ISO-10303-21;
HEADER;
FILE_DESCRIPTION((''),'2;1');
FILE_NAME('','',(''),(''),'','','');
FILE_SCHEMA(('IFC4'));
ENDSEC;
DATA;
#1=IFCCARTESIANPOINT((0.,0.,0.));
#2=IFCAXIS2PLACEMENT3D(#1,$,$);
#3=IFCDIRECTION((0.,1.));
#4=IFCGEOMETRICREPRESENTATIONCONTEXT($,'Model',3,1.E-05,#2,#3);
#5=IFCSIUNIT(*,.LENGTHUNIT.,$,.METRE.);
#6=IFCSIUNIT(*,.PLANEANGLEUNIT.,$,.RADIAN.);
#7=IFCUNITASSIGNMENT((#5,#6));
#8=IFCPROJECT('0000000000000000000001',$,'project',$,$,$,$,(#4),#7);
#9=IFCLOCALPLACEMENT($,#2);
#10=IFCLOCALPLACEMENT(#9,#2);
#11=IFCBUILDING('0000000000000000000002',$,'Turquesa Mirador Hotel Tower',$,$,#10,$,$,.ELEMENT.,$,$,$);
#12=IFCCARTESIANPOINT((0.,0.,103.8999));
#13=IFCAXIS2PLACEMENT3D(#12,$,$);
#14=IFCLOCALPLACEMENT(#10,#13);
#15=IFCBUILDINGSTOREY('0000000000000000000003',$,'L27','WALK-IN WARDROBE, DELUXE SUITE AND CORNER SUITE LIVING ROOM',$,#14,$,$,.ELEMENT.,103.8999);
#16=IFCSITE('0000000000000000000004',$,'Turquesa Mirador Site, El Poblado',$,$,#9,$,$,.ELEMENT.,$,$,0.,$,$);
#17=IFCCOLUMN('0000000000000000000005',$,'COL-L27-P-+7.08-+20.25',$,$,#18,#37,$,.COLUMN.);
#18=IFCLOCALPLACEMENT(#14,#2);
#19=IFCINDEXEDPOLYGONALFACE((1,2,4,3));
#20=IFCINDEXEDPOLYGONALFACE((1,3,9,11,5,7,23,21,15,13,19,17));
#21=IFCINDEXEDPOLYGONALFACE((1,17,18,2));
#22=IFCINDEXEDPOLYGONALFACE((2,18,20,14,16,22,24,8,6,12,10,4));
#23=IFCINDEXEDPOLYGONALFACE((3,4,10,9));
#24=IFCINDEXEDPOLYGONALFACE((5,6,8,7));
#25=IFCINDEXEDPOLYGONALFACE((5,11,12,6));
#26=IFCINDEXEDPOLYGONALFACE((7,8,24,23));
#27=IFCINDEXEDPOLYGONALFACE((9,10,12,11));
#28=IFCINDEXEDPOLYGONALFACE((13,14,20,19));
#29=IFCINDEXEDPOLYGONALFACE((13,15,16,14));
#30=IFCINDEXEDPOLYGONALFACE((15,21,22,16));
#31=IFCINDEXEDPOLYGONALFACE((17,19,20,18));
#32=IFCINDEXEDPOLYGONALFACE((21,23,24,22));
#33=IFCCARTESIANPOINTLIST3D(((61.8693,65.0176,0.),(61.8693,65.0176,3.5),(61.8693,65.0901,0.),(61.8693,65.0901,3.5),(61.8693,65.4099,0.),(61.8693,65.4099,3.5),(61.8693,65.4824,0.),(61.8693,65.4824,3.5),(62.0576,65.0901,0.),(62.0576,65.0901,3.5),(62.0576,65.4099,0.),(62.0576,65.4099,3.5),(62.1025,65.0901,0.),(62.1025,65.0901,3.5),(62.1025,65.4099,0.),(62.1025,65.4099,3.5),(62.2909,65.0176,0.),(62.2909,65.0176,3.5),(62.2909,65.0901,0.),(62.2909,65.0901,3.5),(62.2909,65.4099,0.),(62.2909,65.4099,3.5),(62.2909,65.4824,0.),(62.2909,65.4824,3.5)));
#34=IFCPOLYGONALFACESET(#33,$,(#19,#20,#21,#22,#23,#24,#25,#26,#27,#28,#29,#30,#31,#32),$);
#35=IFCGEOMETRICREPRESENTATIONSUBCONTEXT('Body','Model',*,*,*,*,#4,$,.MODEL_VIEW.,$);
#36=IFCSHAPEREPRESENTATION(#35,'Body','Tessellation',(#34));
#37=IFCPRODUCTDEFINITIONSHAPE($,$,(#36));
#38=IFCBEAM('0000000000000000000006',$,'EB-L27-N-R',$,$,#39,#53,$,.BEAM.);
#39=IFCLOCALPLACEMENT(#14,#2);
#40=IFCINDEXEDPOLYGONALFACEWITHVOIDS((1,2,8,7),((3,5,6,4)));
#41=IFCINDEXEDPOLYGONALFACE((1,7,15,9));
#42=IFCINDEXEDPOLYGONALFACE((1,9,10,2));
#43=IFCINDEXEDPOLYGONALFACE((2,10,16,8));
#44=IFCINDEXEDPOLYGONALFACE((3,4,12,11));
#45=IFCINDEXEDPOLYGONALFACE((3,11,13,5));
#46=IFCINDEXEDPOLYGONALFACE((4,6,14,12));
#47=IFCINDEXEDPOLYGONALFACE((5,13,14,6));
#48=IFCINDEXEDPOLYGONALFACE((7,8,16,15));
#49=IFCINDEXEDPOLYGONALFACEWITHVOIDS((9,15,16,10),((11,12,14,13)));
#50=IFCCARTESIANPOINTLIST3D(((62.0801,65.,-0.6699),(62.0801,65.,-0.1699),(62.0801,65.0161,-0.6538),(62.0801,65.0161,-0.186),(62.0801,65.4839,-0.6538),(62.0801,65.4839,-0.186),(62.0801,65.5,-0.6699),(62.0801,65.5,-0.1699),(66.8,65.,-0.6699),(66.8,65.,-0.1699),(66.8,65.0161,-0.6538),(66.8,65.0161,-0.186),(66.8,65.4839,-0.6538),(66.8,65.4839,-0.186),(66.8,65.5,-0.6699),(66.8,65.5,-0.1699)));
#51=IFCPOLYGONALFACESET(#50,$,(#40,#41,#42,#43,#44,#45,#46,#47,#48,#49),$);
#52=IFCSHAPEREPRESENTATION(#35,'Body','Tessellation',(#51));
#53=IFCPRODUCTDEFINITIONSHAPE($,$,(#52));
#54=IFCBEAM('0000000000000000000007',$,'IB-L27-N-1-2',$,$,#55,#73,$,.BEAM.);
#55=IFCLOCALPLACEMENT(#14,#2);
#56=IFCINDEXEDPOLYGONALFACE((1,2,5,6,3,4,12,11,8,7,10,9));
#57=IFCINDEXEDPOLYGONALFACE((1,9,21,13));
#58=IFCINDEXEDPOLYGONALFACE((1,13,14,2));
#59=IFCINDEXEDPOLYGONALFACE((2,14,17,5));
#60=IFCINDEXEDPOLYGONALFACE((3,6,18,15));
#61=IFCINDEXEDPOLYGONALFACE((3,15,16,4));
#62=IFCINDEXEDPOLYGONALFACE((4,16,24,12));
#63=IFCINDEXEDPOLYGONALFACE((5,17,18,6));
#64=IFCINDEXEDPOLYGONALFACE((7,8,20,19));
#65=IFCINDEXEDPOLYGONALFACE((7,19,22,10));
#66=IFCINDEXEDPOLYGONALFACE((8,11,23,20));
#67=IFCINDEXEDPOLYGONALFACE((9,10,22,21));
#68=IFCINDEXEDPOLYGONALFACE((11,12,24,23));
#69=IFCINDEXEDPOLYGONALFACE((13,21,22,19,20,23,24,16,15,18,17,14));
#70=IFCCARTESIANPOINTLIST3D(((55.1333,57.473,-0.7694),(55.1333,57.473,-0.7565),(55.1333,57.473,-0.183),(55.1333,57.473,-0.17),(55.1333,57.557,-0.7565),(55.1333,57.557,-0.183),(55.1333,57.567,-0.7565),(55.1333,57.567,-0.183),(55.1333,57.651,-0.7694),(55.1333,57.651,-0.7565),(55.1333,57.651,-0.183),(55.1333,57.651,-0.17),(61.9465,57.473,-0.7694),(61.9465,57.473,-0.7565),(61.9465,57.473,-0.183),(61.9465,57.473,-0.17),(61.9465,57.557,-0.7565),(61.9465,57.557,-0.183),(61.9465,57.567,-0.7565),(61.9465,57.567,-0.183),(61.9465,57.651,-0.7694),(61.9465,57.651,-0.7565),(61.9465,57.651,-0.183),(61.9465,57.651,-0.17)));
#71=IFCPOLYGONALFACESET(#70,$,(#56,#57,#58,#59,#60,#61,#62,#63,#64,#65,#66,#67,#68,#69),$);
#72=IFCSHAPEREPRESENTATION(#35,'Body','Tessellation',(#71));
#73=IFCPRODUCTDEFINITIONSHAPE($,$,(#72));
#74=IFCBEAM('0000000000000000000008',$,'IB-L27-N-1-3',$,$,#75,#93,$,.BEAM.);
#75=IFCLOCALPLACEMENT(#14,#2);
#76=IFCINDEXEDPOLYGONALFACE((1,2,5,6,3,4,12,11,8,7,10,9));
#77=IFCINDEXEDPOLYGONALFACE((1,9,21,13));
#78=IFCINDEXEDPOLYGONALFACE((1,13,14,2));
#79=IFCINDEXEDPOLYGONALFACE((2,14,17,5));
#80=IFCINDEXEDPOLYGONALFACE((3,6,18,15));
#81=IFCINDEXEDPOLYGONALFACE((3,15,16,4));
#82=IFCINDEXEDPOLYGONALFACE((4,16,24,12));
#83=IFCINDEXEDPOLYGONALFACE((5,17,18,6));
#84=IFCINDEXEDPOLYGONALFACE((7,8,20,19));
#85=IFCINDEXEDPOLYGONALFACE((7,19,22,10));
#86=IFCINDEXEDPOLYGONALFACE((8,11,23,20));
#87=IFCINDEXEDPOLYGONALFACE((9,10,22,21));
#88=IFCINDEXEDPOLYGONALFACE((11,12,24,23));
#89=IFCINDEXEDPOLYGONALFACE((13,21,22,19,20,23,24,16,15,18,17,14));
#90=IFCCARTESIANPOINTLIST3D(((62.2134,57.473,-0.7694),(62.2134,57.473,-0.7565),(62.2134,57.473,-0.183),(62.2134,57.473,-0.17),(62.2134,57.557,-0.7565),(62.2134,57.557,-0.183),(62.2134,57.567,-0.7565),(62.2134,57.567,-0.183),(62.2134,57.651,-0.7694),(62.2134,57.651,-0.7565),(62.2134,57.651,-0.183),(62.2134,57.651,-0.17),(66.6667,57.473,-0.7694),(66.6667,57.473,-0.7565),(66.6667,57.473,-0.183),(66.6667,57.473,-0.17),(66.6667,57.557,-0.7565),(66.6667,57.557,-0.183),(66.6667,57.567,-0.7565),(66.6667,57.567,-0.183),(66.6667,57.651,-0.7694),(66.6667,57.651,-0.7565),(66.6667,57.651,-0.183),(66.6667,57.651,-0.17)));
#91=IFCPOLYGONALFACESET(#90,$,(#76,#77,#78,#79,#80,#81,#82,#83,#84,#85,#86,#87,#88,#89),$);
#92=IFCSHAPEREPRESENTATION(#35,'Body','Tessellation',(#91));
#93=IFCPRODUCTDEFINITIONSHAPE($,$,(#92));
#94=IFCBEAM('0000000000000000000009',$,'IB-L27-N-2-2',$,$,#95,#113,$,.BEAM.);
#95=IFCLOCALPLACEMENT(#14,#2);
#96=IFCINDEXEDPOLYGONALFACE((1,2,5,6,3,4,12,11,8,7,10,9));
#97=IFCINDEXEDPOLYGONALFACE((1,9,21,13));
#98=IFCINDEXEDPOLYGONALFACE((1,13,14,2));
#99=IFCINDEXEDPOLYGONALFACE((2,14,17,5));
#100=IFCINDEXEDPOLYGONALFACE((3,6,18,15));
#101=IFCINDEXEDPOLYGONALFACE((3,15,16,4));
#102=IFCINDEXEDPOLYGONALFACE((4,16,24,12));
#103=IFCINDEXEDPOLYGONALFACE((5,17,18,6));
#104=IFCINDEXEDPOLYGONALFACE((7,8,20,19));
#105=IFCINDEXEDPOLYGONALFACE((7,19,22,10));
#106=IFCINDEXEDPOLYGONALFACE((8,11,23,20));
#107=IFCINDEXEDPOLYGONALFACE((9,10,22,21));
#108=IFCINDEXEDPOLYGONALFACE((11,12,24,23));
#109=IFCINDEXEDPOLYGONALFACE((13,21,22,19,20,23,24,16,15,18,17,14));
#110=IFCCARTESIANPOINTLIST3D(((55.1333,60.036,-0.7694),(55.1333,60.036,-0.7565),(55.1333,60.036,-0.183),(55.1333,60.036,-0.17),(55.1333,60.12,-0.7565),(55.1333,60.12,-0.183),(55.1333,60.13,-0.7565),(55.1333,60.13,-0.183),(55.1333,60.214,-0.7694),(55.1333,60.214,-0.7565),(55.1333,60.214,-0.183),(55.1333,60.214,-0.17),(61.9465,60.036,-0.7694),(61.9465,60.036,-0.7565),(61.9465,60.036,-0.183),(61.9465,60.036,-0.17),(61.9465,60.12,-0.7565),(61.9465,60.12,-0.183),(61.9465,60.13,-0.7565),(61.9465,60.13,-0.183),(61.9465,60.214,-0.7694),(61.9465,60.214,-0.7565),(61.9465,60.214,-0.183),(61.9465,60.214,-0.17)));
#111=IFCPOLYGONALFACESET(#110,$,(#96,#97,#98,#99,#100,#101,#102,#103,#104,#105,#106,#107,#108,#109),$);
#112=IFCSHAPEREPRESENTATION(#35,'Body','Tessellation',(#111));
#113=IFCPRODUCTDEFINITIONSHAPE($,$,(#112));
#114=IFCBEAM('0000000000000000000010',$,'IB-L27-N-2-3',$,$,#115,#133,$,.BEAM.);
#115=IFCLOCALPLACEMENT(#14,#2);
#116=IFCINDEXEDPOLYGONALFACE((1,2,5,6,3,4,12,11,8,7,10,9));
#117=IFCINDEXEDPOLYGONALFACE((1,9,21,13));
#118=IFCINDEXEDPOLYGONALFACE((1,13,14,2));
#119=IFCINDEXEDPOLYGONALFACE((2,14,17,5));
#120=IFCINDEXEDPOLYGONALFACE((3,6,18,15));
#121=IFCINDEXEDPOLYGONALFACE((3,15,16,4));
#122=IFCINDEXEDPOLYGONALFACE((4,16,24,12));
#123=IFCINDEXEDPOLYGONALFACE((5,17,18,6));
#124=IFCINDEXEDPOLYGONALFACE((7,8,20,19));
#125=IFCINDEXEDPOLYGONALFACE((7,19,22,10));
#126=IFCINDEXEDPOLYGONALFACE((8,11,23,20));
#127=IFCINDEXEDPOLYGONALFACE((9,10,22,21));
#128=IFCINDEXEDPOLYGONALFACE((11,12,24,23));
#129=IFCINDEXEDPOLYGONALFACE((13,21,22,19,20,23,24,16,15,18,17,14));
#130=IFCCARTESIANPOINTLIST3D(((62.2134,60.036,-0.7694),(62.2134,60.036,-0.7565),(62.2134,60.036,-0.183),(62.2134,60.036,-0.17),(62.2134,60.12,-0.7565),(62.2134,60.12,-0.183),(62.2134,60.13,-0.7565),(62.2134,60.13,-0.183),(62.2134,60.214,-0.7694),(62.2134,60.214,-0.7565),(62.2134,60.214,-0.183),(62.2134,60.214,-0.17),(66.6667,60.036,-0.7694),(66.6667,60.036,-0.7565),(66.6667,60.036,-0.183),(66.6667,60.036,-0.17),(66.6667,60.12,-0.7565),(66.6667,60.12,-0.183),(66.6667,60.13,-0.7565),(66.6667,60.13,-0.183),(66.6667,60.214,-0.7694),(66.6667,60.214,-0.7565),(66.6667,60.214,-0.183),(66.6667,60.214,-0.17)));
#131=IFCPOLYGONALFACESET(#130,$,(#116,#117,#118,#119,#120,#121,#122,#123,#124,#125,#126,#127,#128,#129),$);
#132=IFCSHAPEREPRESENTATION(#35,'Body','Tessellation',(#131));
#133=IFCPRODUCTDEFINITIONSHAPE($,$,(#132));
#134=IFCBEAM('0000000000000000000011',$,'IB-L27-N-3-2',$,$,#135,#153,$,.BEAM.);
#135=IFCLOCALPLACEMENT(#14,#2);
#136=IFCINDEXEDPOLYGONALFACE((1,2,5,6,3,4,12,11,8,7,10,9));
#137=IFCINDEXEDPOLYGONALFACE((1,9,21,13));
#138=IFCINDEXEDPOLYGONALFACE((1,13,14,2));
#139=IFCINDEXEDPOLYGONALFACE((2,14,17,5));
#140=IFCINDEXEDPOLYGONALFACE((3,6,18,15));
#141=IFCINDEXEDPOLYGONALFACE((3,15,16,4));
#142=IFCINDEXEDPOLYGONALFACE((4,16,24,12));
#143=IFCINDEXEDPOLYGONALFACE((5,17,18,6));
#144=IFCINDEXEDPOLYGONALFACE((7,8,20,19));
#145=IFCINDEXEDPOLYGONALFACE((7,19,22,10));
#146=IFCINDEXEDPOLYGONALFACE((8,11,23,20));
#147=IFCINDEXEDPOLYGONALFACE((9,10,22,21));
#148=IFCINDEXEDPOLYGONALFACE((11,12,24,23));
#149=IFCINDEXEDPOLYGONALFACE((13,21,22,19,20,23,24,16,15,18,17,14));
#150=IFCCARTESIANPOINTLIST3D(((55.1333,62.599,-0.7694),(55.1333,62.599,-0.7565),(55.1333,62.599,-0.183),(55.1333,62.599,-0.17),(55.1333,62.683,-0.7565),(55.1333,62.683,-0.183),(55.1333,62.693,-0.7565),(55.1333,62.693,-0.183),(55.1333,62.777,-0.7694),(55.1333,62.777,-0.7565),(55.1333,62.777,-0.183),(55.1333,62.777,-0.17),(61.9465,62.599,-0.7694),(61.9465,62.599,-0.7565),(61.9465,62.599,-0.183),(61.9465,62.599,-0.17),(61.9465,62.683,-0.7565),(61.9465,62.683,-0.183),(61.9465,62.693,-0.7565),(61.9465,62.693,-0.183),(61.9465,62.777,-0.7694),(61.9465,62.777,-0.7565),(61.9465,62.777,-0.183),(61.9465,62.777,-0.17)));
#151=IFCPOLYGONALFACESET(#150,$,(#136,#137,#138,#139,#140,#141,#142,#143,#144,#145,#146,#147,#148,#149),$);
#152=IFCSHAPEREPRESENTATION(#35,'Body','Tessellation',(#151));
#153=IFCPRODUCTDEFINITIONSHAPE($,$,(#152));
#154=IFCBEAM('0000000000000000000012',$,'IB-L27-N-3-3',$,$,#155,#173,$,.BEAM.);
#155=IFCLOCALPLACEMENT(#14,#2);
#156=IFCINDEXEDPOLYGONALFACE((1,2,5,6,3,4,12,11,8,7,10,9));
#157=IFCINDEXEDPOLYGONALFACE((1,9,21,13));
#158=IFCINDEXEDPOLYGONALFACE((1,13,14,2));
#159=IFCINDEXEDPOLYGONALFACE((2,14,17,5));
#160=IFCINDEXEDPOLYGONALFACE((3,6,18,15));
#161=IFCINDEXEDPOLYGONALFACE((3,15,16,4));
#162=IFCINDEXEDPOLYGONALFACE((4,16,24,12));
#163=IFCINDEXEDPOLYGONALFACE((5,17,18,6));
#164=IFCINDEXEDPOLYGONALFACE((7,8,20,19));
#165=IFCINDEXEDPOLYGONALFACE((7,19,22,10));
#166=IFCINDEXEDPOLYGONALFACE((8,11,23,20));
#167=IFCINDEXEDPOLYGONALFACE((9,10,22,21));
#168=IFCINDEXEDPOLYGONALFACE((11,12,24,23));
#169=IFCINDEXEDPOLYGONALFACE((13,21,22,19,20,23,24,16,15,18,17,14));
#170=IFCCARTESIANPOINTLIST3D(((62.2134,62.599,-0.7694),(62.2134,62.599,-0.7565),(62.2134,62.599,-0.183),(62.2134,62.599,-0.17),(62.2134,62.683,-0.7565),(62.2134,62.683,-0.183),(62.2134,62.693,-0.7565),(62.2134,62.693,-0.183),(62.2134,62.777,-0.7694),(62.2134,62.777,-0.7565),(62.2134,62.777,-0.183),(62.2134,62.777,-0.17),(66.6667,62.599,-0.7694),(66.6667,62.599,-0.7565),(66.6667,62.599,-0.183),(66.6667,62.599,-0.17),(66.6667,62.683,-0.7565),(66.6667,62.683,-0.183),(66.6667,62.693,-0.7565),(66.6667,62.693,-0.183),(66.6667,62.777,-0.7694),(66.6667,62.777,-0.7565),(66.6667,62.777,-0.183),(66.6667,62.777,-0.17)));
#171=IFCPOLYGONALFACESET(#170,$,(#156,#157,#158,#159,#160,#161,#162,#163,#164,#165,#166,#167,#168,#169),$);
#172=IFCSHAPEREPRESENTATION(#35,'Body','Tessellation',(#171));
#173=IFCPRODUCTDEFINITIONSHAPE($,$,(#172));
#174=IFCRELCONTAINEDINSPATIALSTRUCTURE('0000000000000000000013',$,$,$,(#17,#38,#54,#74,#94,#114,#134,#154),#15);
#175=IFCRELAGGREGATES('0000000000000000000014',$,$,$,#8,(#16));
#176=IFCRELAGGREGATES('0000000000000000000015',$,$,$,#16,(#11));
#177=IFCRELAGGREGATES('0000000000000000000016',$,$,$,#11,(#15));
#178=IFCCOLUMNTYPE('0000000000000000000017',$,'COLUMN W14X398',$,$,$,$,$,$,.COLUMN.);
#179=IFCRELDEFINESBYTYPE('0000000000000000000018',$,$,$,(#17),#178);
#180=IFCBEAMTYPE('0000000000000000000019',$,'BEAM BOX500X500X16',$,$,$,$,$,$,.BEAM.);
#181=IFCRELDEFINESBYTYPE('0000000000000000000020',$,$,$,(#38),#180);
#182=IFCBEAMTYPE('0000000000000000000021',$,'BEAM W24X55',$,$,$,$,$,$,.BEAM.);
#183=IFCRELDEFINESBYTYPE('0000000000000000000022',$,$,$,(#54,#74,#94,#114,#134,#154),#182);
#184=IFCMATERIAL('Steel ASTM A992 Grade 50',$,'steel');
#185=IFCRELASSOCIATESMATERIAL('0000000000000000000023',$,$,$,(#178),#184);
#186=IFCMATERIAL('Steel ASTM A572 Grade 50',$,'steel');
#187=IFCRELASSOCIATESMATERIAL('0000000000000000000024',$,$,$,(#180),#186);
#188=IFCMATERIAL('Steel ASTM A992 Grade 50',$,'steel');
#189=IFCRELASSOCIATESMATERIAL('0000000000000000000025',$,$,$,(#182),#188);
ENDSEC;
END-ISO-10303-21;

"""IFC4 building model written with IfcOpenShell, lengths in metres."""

from ifc_helpers import new_model, si_unit, direction, frame, origin, origin_2d, place, context, subcontext, project, spatial, hollow_rectangle, i_section, extrude, material, material_profile, profile_set, type_object, element, save


model = new_model("IFC4")

# Units and contexts
model_context = context("Model", 3, precision=1e-05, world=origin(), true_north=direction((0.0, 1.0)))
body_context = subcontext(model_context, "Body", "Model", "MODEL_VIEW")
ifc_project = project(units=[si_unit("LENGTHUNIT", "METRE"), si_unit("PLANEANGLEUNIT", "RADIAN")], contexts=[model_context])

# Site, building, storey
site_placement = place(None, origin())
site = spatial("IfcSite", under=ifc_project, at=site_placement, Name="Turquesa Mirador Site, El Poblado", CompositionType="ELEMENT", RefElevation=0.0)
building_placement = place(site_placement, origin())
building = spatial("IfcBuilding", under=site, at=building_placement, Name="Turquesa Mirador Hotel Tower", CompositionType="ELEMENT")
storey_placement = place(building_placement, frame((0.0, 0.0, 103.8999)))
storey = spatial("IfcBuildingStorey", under=building, at=storey_placement, Name="L27", Description="WALK-IN WARDROBE, DELUXE SUITE AND CORNER SUITE LIVING ROOM", CompositionType="ELEMENT", Elevation=103.8999)

# Column
ifc_material_1 = material(Name="Steel ASTM A992 Grade 50", Category="steel")
ifc_material_profile_1 = material_profile(ifc_material_1, i_section(OverallWidth=0.4216, OverallDepth=0.4648, WebThickness=0.0449, FlangeThickness=0.0725, at=origin_2d()), Name="W14X398")
ifc_profile_set_1 = profile_set([ifc_material_profile_1], Name="Steel ASTM A992 Grade 50")
column_type = type_object("IfcColumnType", Name="COLUMN W14X398", PredefinedType="COLUMN", material=ifc_profile_set_1)
column_placement = place(storey_placement, frame((62.0801, 65.25, 0.0), z_axis=(0.0, 0.0, 1.0), x_axis=(1.0, 0.0, 0.0)))
element("IfcColumn", 1, at=column_placement, inside=storey, type_object=column_type, Name="COL-L27-P-+7.08-+20.25", PredefinedType="COLUMN", context=body_context, shape_type="SweptSolid", body=[
    extrude(i_section(OverallWidth=0.4216, OverallDepth=0.4648, WebThickness=0.0449, FlangeThickness=0.0725, at=origin_2d()), origin(), (0.0, 0.0, 1.0), 3.5),
])

# Beams
ifc_material_2 = material(Name="Steel ASTM A572 Grade 50", Category="steel")
ifc_material_profile_2 = material_profile(ifc_material_2, hollow_rectangle(XDim=0.5, YDim=0.5, WallThickness=0.0161, at=origin_2d()), Name="BOX500X500X16")
ifc_profile_set_2 = profile_set([ifc_material_profile_2], Name="Steel ASTM A572 Grade 50")
beam_type_1 = type_object("IfcBeamType", Name="BEAM BOX500X500X16", PredefinedType="BEAM", material=ifc_profile_set_2)
beam_1_placement = place(storey_placement, frame((62.0801, 65.25, -0.4199), z_axis=(1.0, 0.0, 0.0), x_axis=(0.0, 1.0, 0.0)))
element("IfcBeam", 2, at=beam_1_placement, inside=storey, type_object=beam_type_1, Name="EB-L27-N-R", PredefinedType="BEAM", context=body_context, shape_type="SweptSolid", body=[
    extrude(hollow_rectangle(XDim=0.5, YDim=0.5, WallThickness=0.0161, at=origin_2d()), origin(), (0.0, 0.0, 1.0), 4.72),
])
ifc_material_3 = material(Name="Steel ASTM A992 Grade 50", Category="steel")
ifc_material_profile_3 = material_profile(ifc_material_3, i_section(OverallWidth=0.178, OverallDepth=0.5994, WebThickness=0.01, FlangeThickness=0.0129, at=origin_2d()), Name="W24X55")
ifc_profile_set_3 = profile_set([ifc_material_profile_3], Name="Steel ASTM A992 Grade 50")
beam_type_2 = type_object("IfcBeamType", Name="BEAM W24X55", PredefinedType="BEAM", material=ifc_profile_set_3)
beam_2_placement = place(storey_placement, frame((55.1333, 57.562, -0.4697), z_axis=(1.0, 0.0, 0.0), x_axis=(0.0, 1.0, 0.0)))
element("IfcBeam", 3, at=beam_2_placement, inside=storey, type_object=beam_type_2, Name="IB-L27-N-1-2", PredefinedType="BEAM", context=body_context, shape_type="SweptSolid", body=[
    extrude(i_section(OverallWidth=0.178, OverallDepth=0.5994, WebThickness=0.01, FlangeThickness=0.0129, at=origin_2d()), origin(), (0.0, 0.0, 1.0), 6.8132),
])
beam_3_placement = place(storey_placement, frame((62.2134, 57.562, -0.4697), z_axis=(1.0, 0.0, 0.0), x_axis=(0.0, 1.0, 0.0)))
element("IfcBeam", 4, at=beam_3_placement, inside=storey, type_object=beam_type_2, Name="IB-L27-N-1-3", PredefinedType="BEAM", context=body_context, shape_type="SweptSolid", body=[
    extrude(i_section(OverallWidth=0.178, OverallDepth=0.5994, WebThickness=0.01, FlangeThickness=0.0129, at=origin_2d()), origin(), (0.0, 0.0, 1.0), 4.4534),
])
beam_4_placement = place(storey_placement, frame((55.1333, 60.125, -0.4697), z_axis=(1.0, 0.0, 0.0), x_axis=(0.0, 1.0, 0.0)))
element("IfcBeam", 5, at=beam_4_placement, inside=storey, type_object=beam_type_2, Name="IB-L27-N-2-2", PredefinedType="BEAM", context=body_context, shape_type="SweptSolid", body=[
    extrude(i_section(OverallWidth=0.178, OverallDepth=0.5994, WebThickness=0.01, FlangeThickness=0.0129, at=origin_2d()), origin(), (0.0, 0.0, 1.0), 6.8132),
])
beam_5_placement = place(storey_placement, frame((62.2134, 60.125, -0.4697), z_axis=(1.0, 0.0, 0.0), x_axis=(0.0, 1.0, 0.0)))
element("IfcBeam", 6, at=beam_5_placement, inside=storey, type_object=beam_type_2, Name="IB-L27-N-2-3", PredefinedType="BEAM", context=body_context, shape_type="SweptSolid", body=[
    extrude(i_section(OverallWidth=0.178, OverallDepth=0.5994, WebThickness=0.01, FlangeThickness=0.0129, at=origin_2d()), origin(), (0.0, 0.0, 1.0), 4.4534),
])
beam_6_placement = place(storey_placement, frame((55.1333, 62.688, -0.4697), z_axis=(1.0, 0.0, 0.0), x_axis=(0.0, 1.0, 0.0)))
element("IfcBeam", 7, at=beam_6_placement, inside=storey, type_object=beam_type_2, Name="IB-L27-N-3-2", PredefinedType="BEAM", context=body_context, shape_type="SweptSolid", body=[
    extrude(i_section(OverallWidth=0.178, OverallDepth=0.5994, WebThickness=0.01, FlangeThickness=0.0129, at=origin_2d()), origin(), (0.0, 0.0, 1.0), 6.8132),
])
beam_7_placement = place(storey_placement, frame((62.2134, 62.688, -0.4697), z_axis=(1.0, 0.0, 0.0), x_axis=(0.0, 1.0, 0.0)))
element("IfcBeam", 8, at=beam_7_placement, inside=storey, type_object=beam_type_2, Name="IB-L27-N-3-3", PredefinedType="BEAM", context=body_context, shape_type="SweptSolid", body=[
    extrude(i_section(OverallWidth=0.178, OverallDepth=0.5994, WebThickness=0.01, FlangeThickness=0.0129, at=origin_2d()), origin(), (0.0, 0.0, 1.0), 4.4534),
])

save(model, "model.ifc")
